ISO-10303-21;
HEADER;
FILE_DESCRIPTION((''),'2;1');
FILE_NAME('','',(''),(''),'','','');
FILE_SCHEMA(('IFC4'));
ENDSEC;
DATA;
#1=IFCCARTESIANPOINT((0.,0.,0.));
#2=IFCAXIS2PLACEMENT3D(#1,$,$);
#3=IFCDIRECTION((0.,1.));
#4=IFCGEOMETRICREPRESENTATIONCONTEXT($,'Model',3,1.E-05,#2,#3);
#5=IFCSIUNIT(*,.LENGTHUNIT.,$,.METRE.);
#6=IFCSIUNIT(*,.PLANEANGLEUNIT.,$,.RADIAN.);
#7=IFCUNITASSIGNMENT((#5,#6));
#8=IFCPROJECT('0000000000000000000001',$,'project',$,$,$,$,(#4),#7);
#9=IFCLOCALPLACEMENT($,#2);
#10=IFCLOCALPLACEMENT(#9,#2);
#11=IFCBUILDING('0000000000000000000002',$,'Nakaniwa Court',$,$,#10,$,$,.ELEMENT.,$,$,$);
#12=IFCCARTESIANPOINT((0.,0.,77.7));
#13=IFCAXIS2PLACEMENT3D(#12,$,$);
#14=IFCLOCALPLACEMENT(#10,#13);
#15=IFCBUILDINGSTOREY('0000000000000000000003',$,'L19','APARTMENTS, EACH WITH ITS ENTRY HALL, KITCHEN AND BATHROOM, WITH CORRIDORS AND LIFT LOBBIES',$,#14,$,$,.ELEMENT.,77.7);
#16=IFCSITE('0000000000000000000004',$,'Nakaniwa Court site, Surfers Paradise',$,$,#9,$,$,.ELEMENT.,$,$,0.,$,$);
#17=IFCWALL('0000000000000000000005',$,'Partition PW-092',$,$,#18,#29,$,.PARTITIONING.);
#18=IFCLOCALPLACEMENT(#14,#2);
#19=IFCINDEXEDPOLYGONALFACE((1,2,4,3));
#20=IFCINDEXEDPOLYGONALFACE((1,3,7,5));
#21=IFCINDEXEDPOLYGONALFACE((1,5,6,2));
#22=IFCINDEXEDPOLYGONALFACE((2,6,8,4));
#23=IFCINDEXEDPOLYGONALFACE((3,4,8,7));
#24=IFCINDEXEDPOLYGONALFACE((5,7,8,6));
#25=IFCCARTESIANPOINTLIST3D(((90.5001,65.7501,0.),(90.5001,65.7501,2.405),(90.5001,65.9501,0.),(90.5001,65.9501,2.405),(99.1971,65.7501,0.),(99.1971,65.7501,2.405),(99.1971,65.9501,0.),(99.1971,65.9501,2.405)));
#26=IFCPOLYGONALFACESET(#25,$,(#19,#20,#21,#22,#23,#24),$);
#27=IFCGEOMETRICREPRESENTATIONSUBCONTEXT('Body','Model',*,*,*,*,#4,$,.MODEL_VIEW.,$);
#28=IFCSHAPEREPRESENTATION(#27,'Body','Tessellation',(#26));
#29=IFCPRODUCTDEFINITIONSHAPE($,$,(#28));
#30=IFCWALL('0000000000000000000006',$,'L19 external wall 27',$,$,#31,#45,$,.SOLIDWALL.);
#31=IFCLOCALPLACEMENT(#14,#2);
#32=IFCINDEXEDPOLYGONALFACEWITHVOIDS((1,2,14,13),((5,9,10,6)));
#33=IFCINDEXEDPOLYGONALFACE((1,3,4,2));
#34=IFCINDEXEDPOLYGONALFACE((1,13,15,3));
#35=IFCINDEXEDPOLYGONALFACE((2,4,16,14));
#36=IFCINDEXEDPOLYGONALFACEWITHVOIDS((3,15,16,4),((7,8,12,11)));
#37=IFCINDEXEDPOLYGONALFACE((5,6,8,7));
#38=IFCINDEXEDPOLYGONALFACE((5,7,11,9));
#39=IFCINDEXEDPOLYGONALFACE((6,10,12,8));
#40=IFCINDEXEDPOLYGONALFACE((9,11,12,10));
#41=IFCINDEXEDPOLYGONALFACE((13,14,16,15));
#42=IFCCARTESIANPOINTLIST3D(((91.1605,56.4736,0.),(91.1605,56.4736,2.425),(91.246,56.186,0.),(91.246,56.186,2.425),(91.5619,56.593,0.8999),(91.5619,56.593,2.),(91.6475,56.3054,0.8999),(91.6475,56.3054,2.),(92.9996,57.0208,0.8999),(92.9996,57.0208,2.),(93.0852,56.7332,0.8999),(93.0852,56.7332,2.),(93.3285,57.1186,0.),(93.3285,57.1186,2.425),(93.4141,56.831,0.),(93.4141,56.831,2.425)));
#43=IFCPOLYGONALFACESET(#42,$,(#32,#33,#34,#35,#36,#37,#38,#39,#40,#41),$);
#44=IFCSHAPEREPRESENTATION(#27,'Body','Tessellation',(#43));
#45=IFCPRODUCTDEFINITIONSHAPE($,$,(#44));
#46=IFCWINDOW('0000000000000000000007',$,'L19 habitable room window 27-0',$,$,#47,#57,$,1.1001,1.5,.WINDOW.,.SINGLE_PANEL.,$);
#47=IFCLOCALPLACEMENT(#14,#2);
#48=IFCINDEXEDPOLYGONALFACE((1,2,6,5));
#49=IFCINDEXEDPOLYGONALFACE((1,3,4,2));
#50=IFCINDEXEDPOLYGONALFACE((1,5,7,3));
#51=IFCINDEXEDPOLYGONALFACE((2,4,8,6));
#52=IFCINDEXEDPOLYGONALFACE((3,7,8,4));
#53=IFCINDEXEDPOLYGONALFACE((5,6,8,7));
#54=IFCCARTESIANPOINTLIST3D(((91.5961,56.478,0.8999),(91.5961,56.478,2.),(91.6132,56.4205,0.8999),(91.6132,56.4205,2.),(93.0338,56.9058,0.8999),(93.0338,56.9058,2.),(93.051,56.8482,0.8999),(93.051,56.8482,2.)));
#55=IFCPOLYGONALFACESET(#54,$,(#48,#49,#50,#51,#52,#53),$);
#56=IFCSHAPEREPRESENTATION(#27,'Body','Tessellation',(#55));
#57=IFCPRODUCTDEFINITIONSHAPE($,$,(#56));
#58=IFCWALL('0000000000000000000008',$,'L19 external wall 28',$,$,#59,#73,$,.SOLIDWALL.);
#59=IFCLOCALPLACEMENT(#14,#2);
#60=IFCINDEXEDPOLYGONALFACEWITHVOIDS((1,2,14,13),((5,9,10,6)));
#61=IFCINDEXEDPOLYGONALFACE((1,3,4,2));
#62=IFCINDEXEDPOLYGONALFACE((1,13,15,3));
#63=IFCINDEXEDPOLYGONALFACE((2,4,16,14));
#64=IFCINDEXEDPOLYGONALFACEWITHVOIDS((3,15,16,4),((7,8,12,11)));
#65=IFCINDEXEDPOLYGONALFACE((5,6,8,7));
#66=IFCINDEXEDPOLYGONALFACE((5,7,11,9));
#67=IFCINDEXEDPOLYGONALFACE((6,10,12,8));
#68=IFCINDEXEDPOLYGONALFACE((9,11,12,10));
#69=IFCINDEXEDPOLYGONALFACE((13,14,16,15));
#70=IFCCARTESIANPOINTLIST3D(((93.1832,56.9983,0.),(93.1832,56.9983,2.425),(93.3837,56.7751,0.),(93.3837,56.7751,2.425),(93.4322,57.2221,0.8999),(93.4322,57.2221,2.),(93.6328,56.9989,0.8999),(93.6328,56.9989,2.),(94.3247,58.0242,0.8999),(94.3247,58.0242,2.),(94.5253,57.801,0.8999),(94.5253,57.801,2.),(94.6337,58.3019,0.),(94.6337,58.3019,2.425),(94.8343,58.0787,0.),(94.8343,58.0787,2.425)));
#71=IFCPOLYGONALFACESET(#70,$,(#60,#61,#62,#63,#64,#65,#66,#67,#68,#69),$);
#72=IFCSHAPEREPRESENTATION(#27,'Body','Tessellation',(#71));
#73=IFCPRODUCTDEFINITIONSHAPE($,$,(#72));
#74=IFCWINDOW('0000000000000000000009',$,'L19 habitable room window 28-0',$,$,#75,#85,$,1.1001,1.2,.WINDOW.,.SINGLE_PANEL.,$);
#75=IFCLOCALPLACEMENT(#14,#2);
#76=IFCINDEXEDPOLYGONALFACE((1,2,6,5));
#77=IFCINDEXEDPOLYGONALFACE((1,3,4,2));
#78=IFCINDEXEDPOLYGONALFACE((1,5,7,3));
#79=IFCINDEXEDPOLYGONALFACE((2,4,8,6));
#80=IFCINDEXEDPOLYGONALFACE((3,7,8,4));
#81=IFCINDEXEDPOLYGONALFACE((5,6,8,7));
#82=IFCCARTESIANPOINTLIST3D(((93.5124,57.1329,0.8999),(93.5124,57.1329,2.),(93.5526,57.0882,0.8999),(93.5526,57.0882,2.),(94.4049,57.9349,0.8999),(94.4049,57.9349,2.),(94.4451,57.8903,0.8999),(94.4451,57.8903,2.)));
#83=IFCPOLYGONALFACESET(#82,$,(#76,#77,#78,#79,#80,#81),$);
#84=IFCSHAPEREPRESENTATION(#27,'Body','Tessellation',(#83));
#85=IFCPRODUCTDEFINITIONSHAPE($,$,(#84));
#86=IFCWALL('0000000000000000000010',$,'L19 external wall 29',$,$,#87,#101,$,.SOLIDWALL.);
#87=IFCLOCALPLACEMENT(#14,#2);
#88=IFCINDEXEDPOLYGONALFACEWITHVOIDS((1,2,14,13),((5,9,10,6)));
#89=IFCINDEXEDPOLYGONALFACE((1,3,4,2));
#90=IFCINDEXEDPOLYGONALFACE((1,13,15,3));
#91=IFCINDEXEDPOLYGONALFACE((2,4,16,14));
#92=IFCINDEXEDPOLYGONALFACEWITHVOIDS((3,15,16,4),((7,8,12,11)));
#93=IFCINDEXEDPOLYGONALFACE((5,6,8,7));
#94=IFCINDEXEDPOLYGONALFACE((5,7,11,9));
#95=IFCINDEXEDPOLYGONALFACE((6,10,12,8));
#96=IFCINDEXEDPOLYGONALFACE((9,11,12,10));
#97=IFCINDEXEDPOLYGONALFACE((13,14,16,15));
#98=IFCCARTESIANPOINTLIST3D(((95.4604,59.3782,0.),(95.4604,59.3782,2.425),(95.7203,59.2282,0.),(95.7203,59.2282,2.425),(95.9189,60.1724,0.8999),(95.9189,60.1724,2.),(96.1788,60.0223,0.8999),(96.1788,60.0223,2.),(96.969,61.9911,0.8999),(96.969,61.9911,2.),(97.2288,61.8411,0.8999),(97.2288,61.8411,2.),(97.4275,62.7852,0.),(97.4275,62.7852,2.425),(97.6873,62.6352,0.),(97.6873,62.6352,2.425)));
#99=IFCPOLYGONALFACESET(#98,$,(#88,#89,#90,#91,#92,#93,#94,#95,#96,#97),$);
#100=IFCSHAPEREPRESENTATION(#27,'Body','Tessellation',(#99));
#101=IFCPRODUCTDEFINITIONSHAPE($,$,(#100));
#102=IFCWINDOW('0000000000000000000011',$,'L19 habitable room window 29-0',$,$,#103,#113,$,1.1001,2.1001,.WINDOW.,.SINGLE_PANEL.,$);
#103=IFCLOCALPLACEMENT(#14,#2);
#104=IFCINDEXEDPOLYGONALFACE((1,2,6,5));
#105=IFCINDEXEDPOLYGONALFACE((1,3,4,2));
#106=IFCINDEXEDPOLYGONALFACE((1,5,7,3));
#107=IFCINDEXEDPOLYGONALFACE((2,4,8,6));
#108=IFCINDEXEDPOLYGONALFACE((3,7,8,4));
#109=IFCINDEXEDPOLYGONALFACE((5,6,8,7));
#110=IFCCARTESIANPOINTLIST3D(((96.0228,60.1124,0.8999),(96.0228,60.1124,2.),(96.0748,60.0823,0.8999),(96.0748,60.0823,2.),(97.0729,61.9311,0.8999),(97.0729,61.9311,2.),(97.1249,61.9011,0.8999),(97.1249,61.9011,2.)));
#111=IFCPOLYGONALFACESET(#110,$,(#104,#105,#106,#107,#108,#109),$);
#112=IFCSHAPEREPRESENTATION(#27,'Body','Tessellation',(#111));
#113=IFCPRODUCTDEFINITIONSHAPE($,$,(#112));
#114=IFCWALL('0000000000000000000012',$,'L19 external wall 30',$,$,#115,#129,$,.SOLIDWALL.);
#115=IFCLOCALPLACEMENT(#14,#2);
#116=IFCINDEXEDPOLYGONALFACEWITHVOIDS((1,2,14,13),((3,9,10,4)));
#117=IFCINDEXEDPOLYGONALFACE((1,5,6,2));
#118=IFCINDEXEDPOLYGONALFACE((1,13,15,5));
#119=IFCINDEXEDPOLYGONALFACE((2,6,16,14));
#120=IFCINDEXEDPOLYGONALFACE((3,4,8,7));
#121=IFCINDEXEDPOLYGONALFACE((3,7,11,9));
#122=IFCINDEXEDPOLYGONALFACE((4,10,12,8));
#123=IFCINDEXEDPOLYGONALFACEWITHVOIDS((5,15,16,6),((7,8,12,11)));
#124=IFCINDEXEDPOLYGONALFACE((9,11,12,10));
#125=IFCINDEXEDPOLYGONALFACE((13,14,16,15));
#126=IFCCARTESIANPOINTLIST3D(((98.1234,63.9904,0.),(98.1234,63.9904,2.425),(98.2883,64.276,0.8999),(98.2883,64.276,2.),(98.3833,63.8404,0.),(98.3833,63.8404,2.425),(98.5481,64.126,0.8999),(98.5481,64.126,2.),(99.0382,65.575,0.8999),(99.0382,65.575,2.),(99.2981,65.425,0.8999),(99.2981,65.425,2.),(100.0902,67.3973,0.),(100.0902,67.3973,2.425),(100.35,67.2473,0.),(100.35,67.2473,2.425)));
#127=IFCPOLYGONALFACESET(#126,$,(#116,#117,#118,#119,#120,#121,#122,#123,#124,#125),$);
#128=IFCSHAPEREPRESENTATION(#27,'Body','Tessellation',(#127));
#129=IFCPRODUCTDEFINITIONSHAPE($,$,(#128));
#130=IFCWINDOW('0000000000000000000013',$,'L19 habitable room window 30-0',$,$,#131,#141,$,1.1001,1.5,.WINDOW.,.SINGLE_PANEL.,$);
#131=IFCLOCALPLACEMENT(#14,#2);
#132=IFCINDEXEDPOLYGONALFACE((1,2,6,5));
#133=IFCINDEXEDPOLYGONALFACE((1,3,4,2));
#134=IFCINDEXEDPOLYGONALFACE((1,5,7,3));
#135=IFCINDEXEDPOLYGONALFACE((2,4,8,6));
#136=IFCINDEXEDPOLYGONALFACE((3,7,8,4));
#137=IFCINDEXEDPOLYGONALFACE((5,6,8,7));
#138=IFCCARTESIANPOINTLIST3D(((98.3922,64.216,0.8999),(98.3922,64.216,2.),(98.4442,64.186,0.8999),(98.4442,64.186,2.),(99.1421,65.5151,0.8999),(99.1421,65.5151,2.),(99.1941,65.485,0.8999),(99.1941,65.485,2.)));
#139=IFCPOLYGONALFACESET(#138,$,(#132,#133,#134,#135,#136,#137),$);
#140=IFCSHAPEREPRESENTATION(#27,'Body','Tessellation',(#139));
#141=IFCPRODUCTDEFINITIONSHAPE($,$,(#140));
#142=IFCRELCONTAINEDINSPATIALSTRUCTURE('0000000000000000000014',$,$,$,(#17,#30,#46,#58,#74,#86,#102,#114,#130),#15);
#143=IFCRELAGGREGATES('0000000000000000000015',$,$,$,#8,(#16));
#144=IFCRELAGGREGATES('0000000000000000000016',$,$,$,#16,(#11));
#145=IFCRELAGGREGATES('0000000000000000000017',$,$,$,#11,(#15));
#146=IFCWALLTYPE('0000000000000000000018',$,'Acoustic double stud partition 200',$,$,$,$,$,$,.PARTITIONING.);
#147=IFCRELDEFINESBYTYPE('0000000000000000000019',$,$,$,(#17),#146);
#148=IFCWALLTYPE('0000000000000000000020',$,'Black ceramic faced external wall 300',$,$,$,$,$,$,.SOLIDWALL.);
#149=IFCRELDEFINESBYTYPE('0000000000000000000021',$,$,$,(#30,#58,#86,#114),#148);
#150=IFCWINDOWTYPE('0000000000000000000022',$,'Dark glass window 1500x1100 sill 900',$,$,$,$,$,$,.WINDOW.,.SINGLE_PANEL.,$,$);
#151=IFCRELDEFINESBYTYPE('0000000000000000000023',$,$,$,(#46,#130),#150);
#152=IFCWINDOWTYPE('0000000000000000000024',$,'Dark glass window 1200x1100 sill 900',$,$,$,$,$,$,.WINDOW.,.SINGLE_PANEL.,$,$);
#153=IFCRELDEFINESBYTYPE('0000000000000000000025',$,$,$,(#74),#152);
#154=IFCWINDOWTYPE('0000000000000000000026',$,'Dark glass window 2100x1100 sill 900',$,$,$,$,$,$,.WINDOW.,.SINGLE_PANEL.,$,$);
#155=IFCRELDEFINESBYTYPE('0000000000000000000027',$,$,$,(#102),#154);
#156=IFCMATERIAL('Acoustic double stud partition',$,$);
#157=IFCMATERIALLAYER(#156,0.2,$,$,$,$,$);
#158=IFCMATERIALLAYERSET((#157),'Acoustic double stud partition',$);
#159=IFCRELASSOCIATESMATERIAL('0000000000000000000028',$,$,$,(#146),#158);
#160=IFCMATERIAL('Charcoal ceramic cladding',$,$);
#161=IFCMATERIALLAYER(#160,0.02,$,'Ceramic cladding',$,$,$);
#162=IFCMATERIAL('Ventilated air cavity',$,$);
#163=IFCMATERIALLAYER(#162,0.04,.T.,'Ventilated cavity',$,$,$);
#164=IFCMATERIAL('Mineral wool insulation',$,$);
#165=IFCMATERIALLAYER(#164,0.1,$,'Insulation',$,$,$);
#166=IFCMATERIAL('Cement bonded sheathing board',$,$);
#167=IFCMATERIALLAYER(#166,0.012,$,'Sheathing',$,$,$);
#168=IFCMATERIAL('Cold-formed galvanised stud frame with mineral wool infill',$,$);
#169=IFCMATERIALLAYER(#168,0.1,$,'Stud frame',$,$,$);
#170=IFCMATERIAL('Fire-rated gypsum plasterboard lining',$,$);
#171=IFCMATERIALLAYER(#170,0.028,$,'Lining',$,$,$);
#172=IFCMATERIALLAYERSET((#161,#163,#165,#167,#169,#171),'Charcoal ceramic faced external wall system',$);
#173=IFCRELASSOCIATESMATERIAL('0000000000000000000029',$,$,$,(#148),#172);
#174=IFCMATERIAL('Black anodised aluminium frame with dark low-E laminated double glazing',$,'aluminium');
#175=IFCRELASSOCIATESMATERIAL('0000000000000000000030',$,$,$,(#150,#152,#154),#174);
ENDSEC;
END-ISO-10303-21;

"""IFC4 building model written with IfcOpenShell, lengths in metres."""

from ifc_helpers import new_model, si_unit, direction, frame, frame_2d, origin, place, context, subcontext, project, spatial, rectangle, extrude, material, layer, layer_set, type_object, element, fill, save


model = new_model("IFC4")

# Units and contexts
model_context = context("Model", 3, precision=1e-05, world=origin(), true_north=direction((0.0, 1.0)))
body_context = subcontext(model_context, "Body", "Model", "MODEL_VIEW")
ifc_project = project(units=[si_unit("LENGTHUNIT", "METRE"), si_unit("PLANEANGLEUNIT", "RADIAN")], contexts=[model_context])

# Site, building, storey
site_placement = place(None, origin())
site = spatial("IfcSite", under=ifc_project, at=site_placement, Name="Nakaniwa Court site, Surfers Paradise", CompositionType="ELEMENT", RefElevation=0.0)
building_placement = place(site_placement, origin())
building = spatial("IfcBuilding", under=site, at=building_placement, Name="Nakaniwa Court", CompositionType="ELEMENT")
storey_placement = place(building_placement, frame((0.0, 0.0, 77.7)))
storey = spatial("IfcBuildingStorey", under=building, at=storey_placement, Name="L19", Description="APARTMENTS, EACH WITH ITS ENTRY HALL, KITCHEN AND BATHROOM, WITH CORRIDORS AND LIFT LOBBIES", CompositionType="ELEMENT", Elevation=77.7)

# Wall
ifc_material_1 = material(Name="Acoustic double stud partition")
ifc_layer_1 = layer(ifc_material_1, 0.2)
ifc_layer_set_1 = layer_set([ifc_layer_1], Name="Acoustic double stud partition")
wall_type_1 = type_object("IfcWallType", Name="Acoustic double stud partition 200", PredefinedType="PARTITIONING", material=ifc_layer_set_1)
wall_1_placement = place(storey_placement, frame((90.5, 65.8501, 0.0), z_axis=(0.0, 0.0, 1.0), x_axis=(1.0, 0.0, 0.0)))
element("IfcWall", 1, at=wall_1_placement, inside=storey, type_object=wall_type_1, Name="Partition PW-092", PredefinedType="PARTITIONING", context=body_context, shape_type="SweptSolid", body=[
    extrude(rectangle(XDim=8.697, YDim=0.2, at=frame_2d((4.3486, 0.0))), origin(), (0.0, 0.0, 1.0), 2.405),
])

# Walls, openings, windows
ifc_material_2 = material(Name="Charcoal ceramic cladding")
ifc_layer_2 = layer(ifc_material_2, 0.02, Name="Ceramic cladding")
ifc_material_3 = material(Name="Ventilated air cavity")
ifc_layer_3 = layer(ifc_material_3, 0.04, ventilated=True, Name="Ventilated cavity")
ifc_material_4 = material(Name="Mineral wool insulation")
ifc_layer_4 = layer(ifc_material_4, 0.1, Name="Insulation")
ifc_material_5 = material(Name="Cement bonded sheathing board")
ifc_layer_5 = layer(ifc_material_5, 0.012, Name="Sheathing")
ifc_material_6 = material(Name="Cold-formed galvanised stud frame with mineral wool infill")
ifc_layer_6 = layer(ifc_material_6, 0.1, Name="Stud frame")
ifc_material_7 = material(Name="Fire-rated gypsum plasterboard lining")
ifc_layer_7 = layer(ifc_material_7, 0.028, Name="Lining")
ifc_layer_set_2 = layer_set([ifc_layer_2, ifc_layer_3, ifc_layer_4, ifc_layer_5, ifc_layer_6, ifc_layer_7], Name="Charcoal ceramic faced external wall system")
wall_type_2 = type_object("IfcWallType", Name="Black ceramic faced external wall 300", PredefinedType="SOLIDWALL", material=ifc_layer_set_2)
wall_2_placement = place(storey_placement, frame((91.2034, 56.3298, 0.0), z_axis=(0.0, 0.0, 1.0), x_axis=(0.958477, 0.285169, 0.0)))
wall_2 = element("IfcWall", 2, at=wall_2_placement, inside=storey, type_object=wall_type_2, Name="L19 external wall 27", PredefinedType="SOLIDWALL", context=body_context, shape_type="SweptSolid", body=[
    extrude(rectangle(XDim=2.262, YDim=0.3, at=frame_2d((1.1309, 0.0))), origin(), (0.0, 0.0, 1.0), 2.425),
])
opening_1_placement = place(wall_2_placement, frame((0.4187, 0.0, 0.8999)))
opening_1 = element("IfcOpeningElement", 3, at=opening_1_placement, cuts=wall_2, PredefinedType="OPENING", context=body_context, shape_type="SweptSolid", body=[
    extrude(rectangle(XDim=1.5, YDim=1.1001, at=frame_2d((0.75, 0.55))), frame((0.0, 0.1599, 0.0), z_axis=(0.0, -1.0, 0.0), x_axis=(1.0, 0.0, 0.0)), (0.0, 0.0, 1.0), 0.3201),
])
ifc_material_8 = material(Name="Black anodised aluminium frame with dark low-E laminated double glazing", Category="aluminium")
window_type_1 = type_object("IfcWindowType", Name="Dark glass window 1500x1100 sill 900", PartitioningType="SINGLE_PANEL", PredefinedType="WINDOW", material=ifc_material_8)
window_1_placement = place(opening_1_placement, origin())
window_1 = element("IfcWindow", 4, at=window_1_placement, inside=storey, type_object=window_type_1, Name="L19 habitable room window 27-0", OverallHeight=1.1001, OverallWidth=1.5, PartitioningType="SINGLE_PANEL", PredefinedType="WINDOW", context=body_context, shape_type="SweptSolid", body=[
    extrude(rectangle(XDim=1.5, YDim=1.1001, at=frame_2d((0.75, 0.55))), frame((0.0, 0.03, 0.0), z_axis=(0.0, -1.0, 0.0), x_axis=(1.0, 0.0, 0.0)), (0.0, 0.0, 1.0), 0.0601),
])
fill(opening_1, window_1)
wall_3_placement = place(storey_placement, frame((93.2834, 56.8867, 0.0), z_axis=(0.0, 0.0, 1.0), x_axis=(0.743786, 0.668418, 0.0)))
wall_3 = element("IfcWall", 5, at=wall_3_placement, inside=storey, type_object=wall_type_2, Name="L19 external wall 28", PredefinedType="SOLIDWALL", context=body_context, shape_type="SweptSolid", body=[
    extrude(rectangle(XDim=1.9502, YDim=0.3, at=frame_2d((0.9751, 0.0))), origin(), (0.0, 0.0, 1.0), 2.425),
])
opening_2_placement = place(wall_3_placement, frame((0.3347, 0.0, 0.8999)))
opening_2 = element("IfcOpeningElement", 6, at=opening_2_placement, cuts=wall_3, PredefinedType="OPENING", context=body_context, shape_type="SweptSolid", body=[
    extrude(rectangle(XDim=1.2, YDim=1.1001, at=frame_2d((0.6001, 0.55))), frame((0.0, 0.1599, 0.0), z_axis=(0.0, -1.0, 0.0), x_axis=(1.0, 0.0, 0.0)), (0.0, 0.0, 1.0), 0.3201),
])
window_type_2 = type_object("IfcWindowType", Name="Dark glass window 1200x1100 sill 900", PartitioningType="SINGLE_PANEL", PredefinedType="WINDOW", material=ifc_material_8)
window_2_placement = place(opening_2_placement, origin())
window_2 = element("IfcWindow", 7, at=window_2_placement, inside=storey, type_object=window_type_2, Name="L19 habitable room window 28-0", OverallHeight=1.1001, OverallWidth=1.2, PartitioningType="SINGLE_PANEL", PredefinedType="WINDOW", context=body_context, shape_type="SweptSolid", body=[
    extrude(rectangle(XDim=1.2, YDim=1.1001, at=frame_2d((0.6001, 0.55))), frame((0.0, 0.03, 0.0), z_axis=(0.0, -1.0, 0.0), x_axis=(1.0, 0.0, 0.0)), (0.0, 0.0, 1.0), 0.0601),
])
fill(opening_2, window_2)
wall_4_placement = place(storey_placement, frame((95.5903, 59.3032, 0.0), z_axis=(0.0, 0.0, 1.0), x_axis=(0.500004, 0.866023, 0.0)))
wall_4 = element("IfcWall", 8, at=wall_4_placement, inside=storey, type_object=wall_type_2, Name="L19 external wall 29", PredefinedType="SOLIDWALL", context=body_context, shape_type="SweptSolid", body=[
    extrude(rectangle(XDim=3.9341, YDim=0.3, at=frame_2d((1.967, 0.0))), origin(), (0.0, 0.0, 1.0), 2.425),
])
opening_3_placement = place(wall_4_placement, frame((0.917, 0.0, 0.8999)))
opening_3 = element("IfcOpeningElement", 9, at=opening_3_placement, cuts=wall_4, PredefinedType="OPENING", context=body_context, shape_type="SweptSolid", body=[
    extrude(rectangle(XDim=2.1001, YDim=1.1001, at=frame_2d((1.05, 0.55))), frame((0.0, 0.1599, 0.0), z_axis=(0.0, -1.0, 0.0), x_axis=(1.0, 0.0, 0.0)), (0.0, 0.0, 1.0), 0.3201),
])
window_type_3 = type_object("IfcWindowType", Name="Dark glass window 2100x1100 sill 900", PartitioningType="SINGLE_PANEL", PredefinedType="WINDOW", material=ifc_material_8)
window_3_placement = place(opening_3_placement, origin())
window_3 = element("IfcWindow", 10, at=window_3_placement, inside=storey, type_object=window_type_3, Name="L19 habitable room window 29-0", OverallHeight=1.1001, OverallWidth=2.1001, PartitioningType="SINGLE_PANEL", PredefinedType="WINDOW", context=body_context, shape_type="SweptSolid", body=[
    extrude(rectangle(XDim=2.1001, YDim=1.1001, at=frame_2d((1.05, 0.55))), frame((0.0, 0.03, 0.0), z_axis=(0.0, -1.0, 0.0), x_axis=(1.0, 0.0, 0.0)), (0.0, 0.0, 1.0), 0.0601),
])
fill(opening_3, window_3)
wall_5_placement = place(storey_placement, frame((98.2534, 63.9155, 0.0), z_axis=(0.0, 0.0, 1.0), x_axis=(0.499957, 0.86605, 0.0)))
wall_5 = element("IfcWall", 11, at=wall_5_placement, inside=storey, type_object=wall_type_2, Name="L19 external wall 30", PredefinedType="SOLIDWALL", context=body_context, shape_type="SweptSolid", body=[
    extrude(rectangle(XDim=3.9338, YDim=0.3, at=frame_2d((1.9668, 0.0))), origin(), (0.0, 0.0, 1.0), 2.425),
])
opening_4_placement = place(wall_5_placement, frame((0.3296, 0.0, 0.8999)))
opening_4 = element("IfcOpeningElement", 12, at=opening_4_placement, cuts=wall_5, PredefinedType="OPENING", context=body_context, shape_type="SweptSolid", body=[
    extrude(rectangle(XDim=1.5, YDim=1.1001, at=frame_2d((0.75, 0.55))), frame((0.0, 0.1599, 0.0), z_axis=(0.0, -1.0, 0.0), x_axis=(1.0, 0.0, 0.0)), (0.0, 0.0, 1.0), 0.3201),
])
window_4_placement = place(opening_4_placement, origin())
window_4 = element("IfcWindow", 13, at=window_4_placement, inside=storey, type_object=window_type_1, Name="L19 habitable room window 30-0", OverallHeight=1.1001, OverallWidth=1.5, PartitioningType="SINGLE_PANEL", PredefinedType="WINDOW", context=body_context, shape_type="SweptSolid", body=[
    extrude(rectangle(XDim=1.5, YDim=1.1001, at=frame_2d((0.75, 0.55))), frame((0.0, 0.03, 0.0), z_axis=(0.0, -1.0, 0.0), x_axis=(1.0, 0.0, 0.0)), (0.0, 0.0, 1.0), 0.0601),
])
fill(opening_4, window_4)

save(model, "model.ifc")
